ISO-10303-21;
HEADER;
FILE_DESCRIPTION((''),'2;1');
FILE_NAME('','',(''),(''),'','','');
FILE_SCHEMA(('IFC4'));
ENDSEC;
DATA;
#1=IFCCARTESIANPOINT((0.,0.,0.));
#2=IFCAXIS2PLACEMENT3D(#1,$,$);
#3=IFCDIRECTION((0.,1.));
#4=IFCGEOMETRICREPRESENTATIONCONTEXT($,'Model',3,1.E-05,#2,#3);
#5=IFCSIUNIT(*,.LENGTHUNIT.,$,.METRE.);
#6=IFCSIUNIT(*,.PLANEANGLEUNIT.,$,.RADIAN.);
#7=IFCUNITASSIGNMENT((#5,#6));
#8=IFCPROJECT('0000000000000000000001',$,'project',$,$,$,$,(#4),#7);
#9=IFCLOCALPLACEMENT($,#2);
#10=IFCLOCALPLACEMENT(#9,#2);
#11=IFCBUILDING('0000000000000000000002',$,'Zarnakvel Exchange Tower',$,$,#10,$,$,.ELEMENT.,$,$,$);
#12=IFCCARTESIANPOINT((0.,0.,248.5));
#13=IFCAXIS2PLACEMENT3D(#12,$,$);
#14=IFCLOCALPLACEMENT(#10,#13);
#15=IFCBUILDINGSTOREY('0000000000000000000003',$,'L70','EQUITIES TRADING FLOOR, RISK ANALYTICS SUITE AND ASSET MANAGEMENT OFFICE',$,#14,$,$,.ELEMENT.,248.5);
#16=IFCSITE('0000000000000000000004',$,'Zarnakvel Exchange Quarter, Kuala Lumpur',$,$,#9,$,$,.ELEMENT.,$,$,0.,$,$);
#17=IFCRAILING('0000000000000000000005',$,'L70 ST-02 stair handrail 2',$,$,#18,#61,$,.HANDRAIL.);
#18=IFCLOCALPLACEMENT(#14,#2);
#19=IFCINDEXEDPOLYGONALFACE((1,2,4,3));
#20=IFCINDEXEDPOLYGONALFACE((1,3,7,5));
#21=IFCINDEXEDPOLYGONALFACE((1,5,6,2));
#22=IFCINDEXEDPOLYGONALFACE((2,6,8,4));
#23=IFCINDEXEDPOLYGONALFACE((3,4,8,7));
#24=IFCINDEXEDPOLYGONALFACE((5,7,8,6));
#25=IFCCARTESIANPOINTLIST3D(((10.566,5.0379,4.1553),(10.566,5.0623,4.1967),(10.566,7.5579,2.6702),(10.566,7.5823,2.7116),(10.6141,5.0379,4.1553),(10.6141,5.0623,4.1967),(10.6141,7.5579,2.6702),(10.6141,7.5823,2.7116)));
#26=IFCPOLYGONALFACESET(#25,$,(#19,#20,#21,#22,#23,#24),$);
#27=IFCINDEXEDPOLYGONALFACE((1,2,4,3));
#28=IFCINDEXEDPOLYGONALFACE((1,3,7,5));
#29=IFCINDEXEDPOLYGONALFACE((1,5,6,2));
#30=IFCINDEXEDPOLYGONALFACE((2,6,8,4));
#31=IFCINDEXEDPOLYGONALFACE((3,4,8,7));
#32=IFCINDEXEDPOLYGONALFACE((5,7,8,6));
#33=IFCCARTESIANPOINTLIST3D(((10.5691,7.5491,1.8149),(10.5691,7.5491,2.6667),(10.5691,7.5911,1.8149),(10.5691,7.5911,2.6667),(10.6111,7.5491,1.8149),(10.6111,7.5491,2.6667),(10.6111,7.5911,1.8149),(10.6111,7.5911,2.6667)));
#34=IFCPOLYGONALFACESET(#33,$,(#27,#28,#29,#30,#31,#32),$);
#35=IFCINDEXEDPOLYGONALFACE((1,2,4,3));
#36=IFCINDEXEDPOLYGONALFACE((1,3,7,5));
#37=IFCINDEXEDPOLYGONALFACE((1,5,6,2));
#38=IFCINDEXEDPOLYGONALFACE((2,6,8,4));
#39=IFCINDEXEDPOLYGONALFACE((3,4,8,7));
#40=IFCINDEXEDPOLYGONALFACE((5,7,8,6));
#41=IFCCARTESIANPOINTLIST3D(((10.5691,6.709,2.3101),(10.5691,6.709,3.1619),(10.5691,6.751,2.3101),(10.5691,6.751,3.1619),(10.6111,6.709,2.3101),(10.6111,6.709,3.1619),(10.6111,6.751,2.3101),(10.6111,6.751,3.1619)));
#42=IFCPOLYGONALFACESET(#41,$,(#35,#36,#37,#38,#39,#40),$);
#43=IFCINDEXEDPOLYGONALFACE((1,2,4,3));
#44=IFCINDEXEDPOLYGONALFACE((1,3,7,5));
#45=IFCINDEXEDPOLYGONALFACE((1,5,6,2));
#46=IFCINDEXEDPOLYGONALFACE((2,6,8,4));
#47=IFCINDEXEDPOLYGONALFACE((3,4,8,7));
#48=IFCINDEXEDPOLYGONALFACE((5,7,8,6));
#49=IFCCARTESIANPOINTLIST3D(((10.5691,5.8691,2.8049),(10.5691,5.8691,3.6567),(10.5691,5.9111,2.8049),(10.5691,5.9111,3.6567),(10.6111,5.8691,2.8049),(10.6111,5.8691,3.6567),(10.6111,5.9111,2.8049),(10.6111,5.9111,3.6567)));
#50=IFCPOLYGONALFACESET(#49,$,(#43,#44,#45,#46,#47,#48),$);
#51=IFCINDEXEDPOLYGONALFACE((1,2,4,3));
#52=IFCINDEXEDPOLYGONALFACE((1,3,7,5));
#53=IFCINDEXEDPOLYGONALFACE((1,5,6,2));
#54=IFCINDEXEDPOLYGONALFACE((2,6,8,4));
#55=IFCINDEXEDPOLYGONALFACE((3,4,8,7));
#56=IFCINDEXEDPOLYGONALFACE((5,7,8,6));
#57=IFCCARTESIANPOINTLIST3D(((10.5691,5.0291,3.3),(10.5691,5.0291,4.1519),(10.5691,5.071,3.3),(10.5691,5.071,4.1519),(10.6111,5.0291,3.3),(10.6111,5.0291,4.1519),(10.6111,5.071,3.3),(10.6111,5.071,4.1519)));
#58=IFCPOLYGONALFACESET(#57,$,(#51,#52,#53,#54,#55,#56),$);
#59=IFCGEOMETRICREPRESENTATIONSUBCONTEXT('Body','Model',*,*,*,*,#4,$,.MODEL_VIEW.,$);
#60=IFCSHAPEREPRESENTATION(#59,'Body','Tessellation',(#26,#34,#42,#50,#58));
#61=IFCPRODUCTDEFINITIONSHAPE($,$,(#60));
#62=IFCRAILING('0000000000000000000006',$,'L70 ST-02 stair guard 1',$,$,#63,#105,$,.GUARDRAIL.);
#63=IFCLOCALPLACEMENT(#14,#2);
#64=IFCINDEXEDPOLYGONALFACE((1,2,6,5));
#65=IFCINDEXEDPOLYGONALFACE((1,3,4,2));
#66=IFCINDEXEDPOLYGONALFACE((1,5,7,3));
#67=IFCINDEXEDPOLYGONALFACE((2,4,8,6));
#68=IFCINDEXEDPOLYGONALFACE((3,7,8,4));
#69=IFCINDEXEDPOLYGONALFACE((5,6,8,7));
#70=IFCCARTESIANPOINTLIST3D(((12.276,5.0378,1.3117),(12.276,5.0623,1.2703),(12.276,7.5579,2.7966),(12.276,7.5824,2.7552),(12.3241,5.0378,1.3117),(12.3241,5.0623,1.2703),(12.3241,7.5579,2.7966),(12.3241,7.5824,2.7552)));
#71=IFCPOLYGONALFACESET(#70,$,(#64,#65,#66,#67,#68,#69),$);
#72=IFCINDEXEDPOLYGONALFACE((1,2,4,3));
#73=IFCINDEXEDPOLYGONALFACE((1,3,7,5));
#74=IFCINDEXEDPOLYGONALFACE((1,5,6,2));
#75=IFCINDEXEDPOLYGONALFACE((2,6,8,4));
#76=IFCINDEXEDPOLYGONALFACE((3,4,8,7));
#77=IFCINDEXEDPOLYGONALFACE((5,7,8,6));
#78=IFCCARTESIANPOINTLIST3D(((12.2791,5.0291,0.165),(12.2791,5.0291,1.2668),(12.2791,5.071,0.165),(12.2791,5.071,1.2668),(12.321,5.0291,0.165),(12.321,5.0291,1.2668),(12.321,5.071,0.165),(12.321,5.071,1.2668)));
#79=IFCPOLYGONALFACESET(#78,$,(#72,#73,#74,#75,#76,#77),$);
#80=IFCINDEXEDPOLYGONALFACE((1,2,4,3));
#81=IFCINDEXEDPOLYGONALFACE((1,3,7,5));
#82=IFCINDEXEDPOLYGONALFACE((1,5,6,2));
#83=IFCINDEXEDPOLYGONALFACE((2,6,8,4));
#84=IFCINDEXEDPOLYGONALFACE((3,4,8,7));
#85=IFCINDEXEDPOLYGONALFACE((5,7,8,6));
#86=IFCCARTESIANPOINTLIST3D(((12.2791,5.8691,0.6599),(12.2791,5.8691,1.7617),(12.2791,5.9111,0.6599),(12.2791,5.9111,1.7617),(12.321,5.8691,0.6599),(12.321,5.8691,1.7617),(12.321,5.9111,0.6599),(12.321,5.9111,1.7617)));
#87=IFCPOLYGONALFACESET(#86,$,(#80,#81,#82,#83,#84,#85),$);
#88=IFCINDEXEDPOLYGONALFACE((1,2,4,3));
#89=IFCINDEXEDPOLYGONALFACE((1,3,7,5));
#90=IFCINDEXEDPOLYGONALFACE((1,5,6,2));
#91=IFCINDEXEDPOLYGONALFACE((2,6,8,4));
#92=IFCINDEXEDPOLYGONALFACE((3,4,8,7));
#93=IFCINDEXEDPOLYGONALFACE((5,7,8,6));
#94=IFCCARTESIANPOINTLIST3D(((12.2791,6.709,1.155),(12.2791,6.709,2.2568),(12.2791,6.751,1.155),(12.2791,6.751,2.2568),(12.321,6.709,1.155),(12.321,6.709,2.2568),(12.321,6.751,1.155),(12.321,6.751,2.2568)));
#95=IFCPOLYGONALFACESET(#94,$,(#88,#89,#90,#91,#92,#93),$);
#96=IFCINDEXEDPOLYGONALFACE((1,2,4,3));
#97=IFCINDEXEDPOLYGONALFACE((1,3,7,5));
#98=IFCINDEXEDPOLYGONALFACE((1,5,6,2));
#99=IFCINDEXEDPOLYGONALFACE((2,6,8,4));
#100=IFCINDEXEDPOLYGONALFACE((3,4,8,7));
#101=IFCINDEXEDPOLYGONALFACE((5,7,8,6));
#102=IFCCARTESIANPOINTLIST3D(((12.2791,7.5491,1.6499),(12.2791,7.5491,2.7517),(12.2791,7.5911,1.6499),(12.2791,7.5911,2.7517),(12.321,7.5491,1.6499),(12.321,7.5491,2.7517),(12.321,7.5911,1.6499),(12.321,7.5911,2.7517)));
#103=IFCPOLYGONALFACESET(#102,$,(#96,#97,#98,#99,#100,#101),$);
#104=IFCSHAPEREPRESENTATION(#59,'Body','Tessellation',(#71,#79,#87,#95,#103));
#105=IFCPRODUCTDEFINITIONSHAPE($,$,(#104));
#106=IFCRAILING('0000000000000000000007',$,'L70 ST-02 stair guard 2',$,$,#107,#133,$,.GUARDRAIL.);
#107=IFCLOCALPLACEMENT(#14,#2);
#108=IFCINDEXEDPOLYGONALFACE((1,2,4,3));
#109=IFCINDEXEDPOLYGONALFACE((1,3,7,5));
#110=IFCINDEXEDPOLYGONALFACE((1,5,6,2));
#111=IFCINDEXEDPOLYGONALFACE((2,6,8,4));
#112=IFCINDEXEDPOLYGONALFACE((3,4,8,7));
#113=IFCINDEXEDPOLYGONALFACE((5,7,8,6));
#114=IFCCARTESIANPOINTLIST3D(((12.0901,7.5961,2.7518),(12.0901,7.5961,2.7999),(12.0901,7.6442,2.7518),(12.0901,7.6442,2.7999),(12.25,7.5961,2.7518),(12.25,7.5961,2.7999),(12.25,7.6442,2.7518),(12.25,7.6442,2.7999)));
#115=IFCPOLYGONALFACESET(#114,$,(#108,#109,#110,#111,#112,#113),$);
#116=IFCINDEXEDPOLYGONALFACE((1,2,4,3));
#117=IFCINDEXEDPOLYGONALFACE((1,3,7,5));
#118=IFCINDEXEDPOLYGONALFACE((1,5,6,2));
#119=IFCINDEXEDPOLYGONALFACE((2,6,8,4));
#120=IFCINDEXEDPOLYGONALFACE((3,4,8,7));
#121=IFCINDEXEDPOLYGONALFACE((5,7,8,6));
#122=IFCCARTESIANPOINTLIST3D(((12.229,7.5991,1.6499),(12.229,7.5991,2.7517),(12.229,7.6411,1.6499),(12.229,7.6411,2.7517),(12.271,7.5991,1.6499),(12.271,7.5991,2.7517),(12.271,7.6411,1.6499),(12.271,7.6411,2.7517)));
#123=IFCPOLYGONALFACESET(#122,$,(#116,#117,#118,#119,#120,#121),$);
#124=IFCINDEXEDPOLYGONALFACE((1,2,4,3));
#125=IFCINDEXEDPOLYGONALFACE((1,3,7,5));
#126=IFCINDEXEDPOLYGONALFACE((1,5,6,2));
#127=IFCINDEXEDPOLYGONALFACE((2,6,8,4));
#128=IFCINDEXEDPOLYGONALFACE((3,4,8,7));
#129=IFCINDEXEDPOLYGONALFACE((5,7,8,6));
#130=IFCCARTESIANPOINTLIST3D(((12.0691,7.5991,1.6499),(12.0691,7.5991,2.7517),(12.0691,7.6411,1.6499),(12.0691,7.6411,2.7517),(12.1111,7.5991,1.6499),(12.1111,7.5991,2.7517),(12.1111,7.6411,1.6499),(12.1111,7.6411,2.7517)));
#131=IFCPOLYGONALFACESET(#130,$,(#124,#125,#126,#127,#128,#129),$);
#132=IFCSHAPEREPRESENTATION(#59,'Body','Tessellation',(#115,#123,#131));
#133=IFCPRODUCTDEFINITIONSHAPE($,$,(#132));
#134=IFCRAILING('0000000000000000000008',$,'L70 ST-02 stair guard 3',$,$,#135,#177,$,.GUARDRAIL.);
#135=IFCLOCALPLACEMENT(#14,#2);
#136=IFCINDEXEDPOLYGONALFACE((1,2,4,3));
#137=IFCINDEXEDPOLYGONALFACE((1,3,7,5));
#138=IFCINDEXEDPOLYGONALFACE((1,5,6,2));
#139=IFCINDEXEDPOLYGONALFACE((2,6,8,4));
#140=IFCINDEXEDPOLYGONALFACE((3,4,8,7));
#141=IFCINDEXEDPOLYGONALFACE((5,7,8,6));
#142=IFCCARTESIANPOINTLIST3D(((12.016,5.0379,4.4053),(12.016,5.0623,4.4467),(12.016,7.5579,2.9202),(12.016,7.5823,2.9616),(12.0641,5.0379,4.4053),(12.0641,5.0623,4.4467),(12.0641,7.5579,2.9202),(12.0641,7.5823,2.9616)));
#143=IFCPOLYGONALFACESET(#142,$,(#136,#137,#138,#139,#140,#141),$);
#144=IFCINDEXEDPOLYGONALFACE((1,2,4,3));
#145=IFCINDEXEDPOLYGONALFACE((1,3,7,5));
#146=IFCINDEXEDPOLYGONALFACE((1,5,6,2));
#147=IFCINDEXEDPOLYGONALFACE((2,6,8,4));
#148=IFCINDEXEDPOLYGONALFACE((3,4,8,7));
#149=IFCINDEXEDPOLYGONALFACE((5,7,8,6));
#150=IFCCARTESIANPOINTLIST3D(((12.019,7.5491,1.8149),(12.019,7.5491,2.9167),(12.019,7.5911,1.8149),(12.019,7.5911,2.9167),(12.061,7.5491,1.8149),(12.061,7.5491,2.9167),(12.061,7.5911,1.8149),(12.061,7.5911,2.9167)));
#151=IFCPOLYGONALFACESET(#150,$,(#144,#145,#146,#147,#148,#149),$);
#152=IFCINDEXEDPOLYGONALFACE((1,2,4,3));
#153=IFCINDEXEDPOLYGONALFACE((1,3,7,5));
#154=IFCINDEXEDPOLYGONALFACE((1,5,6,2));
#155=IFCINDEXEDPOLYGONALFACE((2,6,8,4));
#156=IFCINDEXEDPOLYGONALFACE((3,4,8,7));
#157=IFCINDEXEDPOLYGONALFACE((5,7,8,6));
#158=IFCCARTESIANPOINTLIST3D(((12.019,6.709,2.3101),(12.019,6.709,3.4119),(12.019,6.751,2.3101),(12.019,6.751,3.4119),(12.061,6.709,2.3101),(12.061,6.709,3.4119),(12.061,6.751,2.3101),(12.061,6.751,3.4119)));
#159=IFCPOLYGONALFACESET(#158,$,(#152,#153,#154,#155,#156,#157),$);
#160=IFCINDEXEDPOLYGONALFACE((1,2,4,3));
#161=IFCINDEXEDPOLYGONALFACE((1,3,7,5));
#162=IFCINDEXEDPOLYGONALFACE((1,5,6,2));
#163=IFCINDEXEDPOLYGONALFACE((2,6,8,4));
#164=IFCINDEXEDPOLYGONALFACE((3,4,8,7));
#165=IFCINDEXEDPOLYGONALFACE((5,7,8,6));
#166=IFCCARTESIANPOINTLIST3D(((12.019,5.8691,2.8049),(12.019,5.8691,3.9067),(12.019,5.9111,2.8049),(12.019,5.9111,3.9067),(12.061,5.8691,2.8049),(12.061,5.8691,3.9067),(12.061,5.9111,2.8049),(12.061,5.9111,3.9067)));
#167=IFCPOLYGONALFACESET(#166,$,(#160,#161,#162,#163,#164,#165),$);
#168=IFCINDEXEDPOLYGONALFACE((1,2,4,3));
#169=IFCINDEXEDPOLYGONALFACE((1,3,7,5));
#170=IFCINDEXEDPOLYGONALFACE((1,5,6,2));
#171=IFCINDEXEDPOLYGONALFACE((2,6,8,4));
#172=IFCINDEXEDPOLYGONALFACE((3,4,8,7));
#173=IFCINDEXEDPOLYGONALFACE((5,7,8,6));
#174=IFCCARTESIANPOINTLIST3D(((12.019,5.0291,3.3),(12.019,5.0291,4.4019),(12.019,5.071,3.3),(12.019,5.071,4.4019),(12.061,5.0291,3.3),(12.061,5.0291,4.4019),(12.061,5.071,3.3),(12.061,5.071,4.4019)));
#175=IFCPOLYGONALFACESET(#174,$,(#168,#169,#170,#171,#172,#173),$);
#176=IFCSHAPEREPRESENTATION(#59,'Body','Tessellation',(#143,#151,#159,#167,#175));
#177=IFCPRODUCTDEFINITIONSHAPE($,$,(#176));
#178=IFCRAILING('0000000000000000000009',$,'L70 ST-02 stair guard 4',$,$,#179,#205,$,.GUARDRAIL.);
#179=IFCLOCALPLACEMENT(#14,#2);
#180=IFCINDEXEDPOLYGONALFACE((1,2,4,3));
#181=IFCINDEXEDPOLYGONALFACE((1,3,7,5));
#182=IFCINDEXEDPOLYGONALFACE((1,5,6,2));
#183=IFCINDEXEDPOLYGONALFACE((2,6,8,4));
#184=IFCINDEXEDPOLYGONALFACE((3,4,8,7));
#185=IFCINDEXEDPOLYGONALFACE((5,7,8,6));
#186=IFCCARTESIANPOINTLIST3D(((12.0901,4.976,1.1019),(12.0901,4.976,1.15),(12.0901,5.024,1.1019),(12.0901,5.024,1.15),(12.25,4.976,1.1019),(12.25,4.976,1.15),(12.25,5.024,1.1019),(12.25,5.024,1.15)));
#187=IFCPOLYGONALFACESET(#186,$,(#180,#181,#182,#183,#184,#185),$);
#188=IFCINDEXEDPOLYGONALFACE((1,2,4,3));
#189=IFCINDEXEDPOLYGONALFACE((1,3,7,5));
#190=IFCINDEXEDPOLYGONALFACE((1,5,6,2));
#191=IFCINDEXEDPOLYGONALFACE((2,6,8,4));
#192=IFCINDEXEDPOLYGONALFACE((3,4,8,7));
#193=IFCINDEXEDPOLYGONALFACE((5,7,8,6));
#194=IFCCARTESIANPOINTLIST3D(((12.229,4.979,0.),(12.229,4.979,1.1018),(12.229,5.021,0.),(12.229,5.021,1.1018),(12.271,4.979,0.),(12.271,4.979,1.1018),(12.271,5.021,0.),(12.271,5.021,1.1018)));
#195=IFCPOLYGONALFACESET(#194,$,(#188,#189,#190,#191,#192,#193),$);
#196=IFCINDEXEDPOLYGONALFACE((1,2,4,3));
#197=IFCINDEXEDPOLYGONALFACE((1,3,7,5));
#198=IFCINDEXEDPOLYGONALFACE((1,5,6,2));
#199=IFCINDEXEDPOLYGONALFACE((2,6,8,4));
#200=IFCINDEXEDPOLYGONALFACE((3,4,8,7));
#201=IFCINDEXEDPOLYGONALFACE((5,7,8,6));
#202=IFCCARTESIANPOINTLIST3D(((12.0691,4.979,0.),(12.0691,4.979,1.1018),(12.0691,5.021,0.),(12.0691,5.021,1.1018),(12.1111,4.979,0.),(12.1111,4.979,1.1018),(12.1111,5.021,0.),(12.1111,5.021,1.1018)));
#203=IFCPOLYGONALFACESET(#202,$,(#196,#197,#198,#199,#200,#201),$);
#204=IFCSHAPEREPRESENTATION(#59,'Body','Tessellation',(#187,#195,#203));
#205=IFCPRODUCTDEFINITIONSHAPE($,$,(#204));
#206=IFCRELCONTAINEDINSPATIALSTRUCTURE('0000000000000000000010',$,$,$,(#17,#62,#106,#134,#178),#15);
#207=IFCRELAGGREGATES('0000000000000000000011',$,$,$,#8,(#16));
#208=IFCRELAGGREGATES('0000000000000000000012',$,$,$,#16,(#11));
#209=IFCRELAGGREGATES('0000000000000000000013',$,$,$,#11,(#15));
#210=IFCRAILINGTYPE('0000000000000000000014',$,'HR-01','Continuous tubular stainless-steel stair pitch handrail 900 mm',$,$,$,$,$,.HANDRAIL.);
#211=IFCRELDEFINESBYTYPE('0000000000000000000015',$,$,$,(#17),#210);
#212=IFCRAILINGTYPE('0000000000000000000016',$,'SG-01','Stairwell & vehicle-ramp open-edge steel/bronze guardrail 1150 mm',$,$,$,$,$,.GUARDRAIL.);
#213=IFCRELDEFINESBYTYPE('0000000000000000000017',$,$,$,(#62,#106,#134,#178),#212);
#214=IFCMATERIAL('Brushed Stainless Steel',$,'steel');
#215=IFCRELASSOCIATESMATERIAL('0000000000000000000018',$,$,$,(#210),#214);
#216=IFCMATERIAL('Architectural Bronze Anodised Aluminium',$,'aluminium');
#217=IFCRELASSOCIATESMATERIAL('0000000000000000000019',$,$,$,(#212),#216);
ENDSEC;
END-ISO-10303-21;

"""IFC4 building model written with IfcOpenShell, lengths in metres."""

from ifc_helpers import new_model, si_unit, direction, frame, origin, origin_2d, place, context, subcontext, project, spatial, rectangle, extrude, material, type_object, element, save


model = new_model("IFC4")

# Units and contexts
model_context = context("Model", 3, precision=1e-05, world=origin(), true_north=direction((0.0, 1.0)))
body_context = subcontext(model_context, "Body", "Model", "MODEL_VIEW")
ifc_project = project(units=[si_unit("LENGTHUNIT", "METRE"), si_unit("PLANEANGLEUNIT", "RADIAN")], contexts=[model_context])

# Site, building, storey
site_placement = place(None, origin())
site = spatial("IfcSite", under=ifc_project, at=site_placement, Name="Zarnakvel Exchange Quarter, Kuala Lumpur", CompositionType="ELEMENT", RefElevation=0.0)
building_placement = place(site_placement, origin())
building = spatial("IfcBuilding", under=site, at=building_placement, Name="Zarnakvel Exchange Tower", CompositionType="ELEMENT")
storey_placement = place(building_placement, frame((0.0, 0.0, 248.5)))
storey = spatial("IfcBuildingStorey", under=building, at=storey_placement, Name="L70", Description="EQUITIES TRADING FLOOR, RISK ANALYTICS SUITE AND ASSET MANAGEMENT OFFICE", CompositionType="ELEMENT", Elevation=248.5)

# Shared definitions
ifc_material_1 = material(Name="Architectural Bronze Anodised Aluminium", Category="aluminium")

# Railings
ifc_material_2 = material(Name="Brushed Stainless Steel", Category="steel")
railing_type_1 = type_object("IfcRailingType", Name="HR-01", Description="Continuous tubular stainless-steel stair pitch handrail 900 mm", PredefinedType="HANDRAIL", material=ifc_material_2)
railing_1_placement = place(storey_placement, frame((10.5901, 7.5701, 1.8149)))
element("IfcRailing", 1, at=railing_1_placement, inside=storey, type_object=railing_type_1, Name="L70 ST-02 stair handrail 2", PredefinedType="HANDRAIL", context=body_context, shape_type="SweptSolid", body=[
    extrude(rectangle(XDim=0.0481, YDim=0.0481, at=origin_2d()), frame((0.0, 0.0, 0.876), z_axis=(0.0, -0.861524, 0.507717), x_axis=(1.0, 0.0, 0.0)), (0.0, 0.0, 1.0), 2.925),
    extrude(rectangle(XDim=0.042, YDim=0.042, at=origin_2d()), origin(), (0.0, 0.0, 1.0), 0.8518),
    extrude(rectangle(XDim=0.042, YDim=0.042, at=origin_2d()), frame((0.0, -0.8401, 0.4951)), (0.0, 0.0, 1.0), 0.8518),
    extrude(rectangle(XDim=0.042, YDim=0.042, at=origin_2d()), frame((0.0, -1.6799, 0.99)), (0.0, 0.0, 1.0), 0.8518),
    extrude(rectangle(XDim=0.042, YDim=0.042, at=origin_2d()), frame((0.0, -2.52, 1.4851)), (0.0, 0.0, 1.0), 0.8518),
])
railing_type_2 = type_object("IfcRailingType", Name="SG-01", Description="Stairwell & vehicle-ramp open-edge steel/bronze guardrail 1150 mm", PredefinedType="GUARDRAIL", material=ifc_material_1)
railing_2_placement = place(storey_placement, frame((12.3, 5.05, 0.165)))
element("IfcRailing", 2, at=railing_2_placement, inside=storey, type_object=railing_type_2, Name="L70 ST-02 stair guard 1", PredefinedType="GUARDRAIL", context=body_context, shape_type="SweptSolid", body=[
    extrude(rectangle(XDim=0.0481, YDim=0.0481, at=origin_2d()), frame((0.0, 0.0, 1.126), z_axis=(0.0, 0.861561, 0.507655), x_axis=(-1.0, 0.0, 0.0)), (0.0, 0.0, 1.0), 2.925),
    extrude(rectangle(XDim=0.042, YDim=0.042, at=origin_2d()), origin(), (0.0, 0.0, 1.0), 1.1018),
    extrude(rectangle(XDim=0.042, YDim=0.042, at=origin_2d()), frame((0.0, 0.8401, 0.4949)), (0.0, 0.0, 1.0), 1.1018),
    extrude(rectangle(XDim=0.042, YDim=0.042, at=origin_2d()), frame((0.0, 1.6799, 0.99)), (0.0, 0.0, 1.0), 1.1018),
    extrude(rectangle(XDim=0.042, YDim=0.042, at=origin_2d()), frame((0.0, 2.52, 1.4849)), (0.0, 0.0, 1.0), 1.1018),
])
railing_3_placement = place(storey_placement, frame((12.25, 7.6201, 1.6499)))
element("IfcRailing", 3, at=railing_3_placement, inside=storey, type_object=railing_type_2, Name="L70 ST-02 stair guard 2", PredefinedType="GUARDRAIL", context=body_context, shape_type="SweptSolid", body=[
    extrude(rectangle(XDim=0.0481, YDim=0.0481, at=origin_2d()), frame((0.0, 0.0, 1.126), z_axis=(-1.0, 0.0, 0.0), x_axis=(0.0, -1.0, 0.0)), (0.0, 0.0, 1.0), 0.1599),
    extrude(rectangle(XDim=0.042, YDim=0.042, at=origin_2d()), origin(), (0.0, 0.0, 1.0), 1.1018),
    extrude(rectangle(XDim=0.042, YDim=0.042, at=origin_2d()), frame((-0.1599, 0.0, 0.0)), (0.0, 0.0, 1.0), 1.1018),
])
railing_4_placement = place(storey_placement, frame((12.04, 7.5701, 1.8149)))
element("IfcRailing", 4, at=railing_4_placement, inside=storey, type_object=railing_type_2, Name="L70 ST-02 stair guard 3", PredefinedType="GUARDRAIL", context=body_context, shape_type="SweptSolid", body=[
    extrude(rectangle(XDim=0.0481, YDim=0.0481, at=origin_2d()), frame((0.0, 0.0, 1.126), z_axis=(0.0, -0.861524, 0.507717), x_axis=(1.0, 0.0, 0.0)), (0.0, 0.0, 1.0), 2.925),
    extrude(rectangle(XDim=0.042, YDim=0.042, at=origin_2d()), origin(), (0.0, 0.0, 1.0), 1.1018),
    extrude(rectangle(XDim=0.042, YDim=0.042, at=origin_2d()), frame((0.0, -0.8401, 0.4951)), (0.0, 0.0, 1.0), 1.1018),
    extrude(rectangle(XDim=0.042, YDim=0.042, at=origin_2d()), frame((0.0, -1.6799, 0.99)), (0.0, 0.0, 1.0), 1.1018),
    extrude(rectangle(XDim=0.042, YDim=0.042, at=origin_2d()), frame((0.0, -2.52, 1.4851)), (0.0, 0.0, 1.0), 1.1018),
])
railing_5_placement = place(storey_placement, frame((12.25, 5.0, 0.0)))
element("IfcRailing", 5, at=railing_5_placement, inside=storey, type_object=railing_type_2, Name="L70 ST-02 stair guard 4", PredefinedType="GUARDRAIL", context=body_context, shape_type="SweptSolid", body=[
    extrude(rectangle(XDim=0.0481, YDim=0.0481, at=origin_2d()), frame((0.0, 0.0, 1.126), z_axis=(-1.0, 0.0, 0.0), x_axis=(0.0, -1.0, 0.0)), (0.0, 0.0, 1.0), 0.1599),
    extrude(rectangle(XDim=0.042, YDim=0.042, at=origin_2d()), origin(), (0.0, 0.0, 1.0), 1.1018),
    extrude(rectangle(XDim=0.042, YDim=0.042, at=origin_2d()), frame((-0.1599, 0.0, 0.0)), (0.0, 0.0, 1.0), 1.1018),
])

save(model, "model.ifc")
